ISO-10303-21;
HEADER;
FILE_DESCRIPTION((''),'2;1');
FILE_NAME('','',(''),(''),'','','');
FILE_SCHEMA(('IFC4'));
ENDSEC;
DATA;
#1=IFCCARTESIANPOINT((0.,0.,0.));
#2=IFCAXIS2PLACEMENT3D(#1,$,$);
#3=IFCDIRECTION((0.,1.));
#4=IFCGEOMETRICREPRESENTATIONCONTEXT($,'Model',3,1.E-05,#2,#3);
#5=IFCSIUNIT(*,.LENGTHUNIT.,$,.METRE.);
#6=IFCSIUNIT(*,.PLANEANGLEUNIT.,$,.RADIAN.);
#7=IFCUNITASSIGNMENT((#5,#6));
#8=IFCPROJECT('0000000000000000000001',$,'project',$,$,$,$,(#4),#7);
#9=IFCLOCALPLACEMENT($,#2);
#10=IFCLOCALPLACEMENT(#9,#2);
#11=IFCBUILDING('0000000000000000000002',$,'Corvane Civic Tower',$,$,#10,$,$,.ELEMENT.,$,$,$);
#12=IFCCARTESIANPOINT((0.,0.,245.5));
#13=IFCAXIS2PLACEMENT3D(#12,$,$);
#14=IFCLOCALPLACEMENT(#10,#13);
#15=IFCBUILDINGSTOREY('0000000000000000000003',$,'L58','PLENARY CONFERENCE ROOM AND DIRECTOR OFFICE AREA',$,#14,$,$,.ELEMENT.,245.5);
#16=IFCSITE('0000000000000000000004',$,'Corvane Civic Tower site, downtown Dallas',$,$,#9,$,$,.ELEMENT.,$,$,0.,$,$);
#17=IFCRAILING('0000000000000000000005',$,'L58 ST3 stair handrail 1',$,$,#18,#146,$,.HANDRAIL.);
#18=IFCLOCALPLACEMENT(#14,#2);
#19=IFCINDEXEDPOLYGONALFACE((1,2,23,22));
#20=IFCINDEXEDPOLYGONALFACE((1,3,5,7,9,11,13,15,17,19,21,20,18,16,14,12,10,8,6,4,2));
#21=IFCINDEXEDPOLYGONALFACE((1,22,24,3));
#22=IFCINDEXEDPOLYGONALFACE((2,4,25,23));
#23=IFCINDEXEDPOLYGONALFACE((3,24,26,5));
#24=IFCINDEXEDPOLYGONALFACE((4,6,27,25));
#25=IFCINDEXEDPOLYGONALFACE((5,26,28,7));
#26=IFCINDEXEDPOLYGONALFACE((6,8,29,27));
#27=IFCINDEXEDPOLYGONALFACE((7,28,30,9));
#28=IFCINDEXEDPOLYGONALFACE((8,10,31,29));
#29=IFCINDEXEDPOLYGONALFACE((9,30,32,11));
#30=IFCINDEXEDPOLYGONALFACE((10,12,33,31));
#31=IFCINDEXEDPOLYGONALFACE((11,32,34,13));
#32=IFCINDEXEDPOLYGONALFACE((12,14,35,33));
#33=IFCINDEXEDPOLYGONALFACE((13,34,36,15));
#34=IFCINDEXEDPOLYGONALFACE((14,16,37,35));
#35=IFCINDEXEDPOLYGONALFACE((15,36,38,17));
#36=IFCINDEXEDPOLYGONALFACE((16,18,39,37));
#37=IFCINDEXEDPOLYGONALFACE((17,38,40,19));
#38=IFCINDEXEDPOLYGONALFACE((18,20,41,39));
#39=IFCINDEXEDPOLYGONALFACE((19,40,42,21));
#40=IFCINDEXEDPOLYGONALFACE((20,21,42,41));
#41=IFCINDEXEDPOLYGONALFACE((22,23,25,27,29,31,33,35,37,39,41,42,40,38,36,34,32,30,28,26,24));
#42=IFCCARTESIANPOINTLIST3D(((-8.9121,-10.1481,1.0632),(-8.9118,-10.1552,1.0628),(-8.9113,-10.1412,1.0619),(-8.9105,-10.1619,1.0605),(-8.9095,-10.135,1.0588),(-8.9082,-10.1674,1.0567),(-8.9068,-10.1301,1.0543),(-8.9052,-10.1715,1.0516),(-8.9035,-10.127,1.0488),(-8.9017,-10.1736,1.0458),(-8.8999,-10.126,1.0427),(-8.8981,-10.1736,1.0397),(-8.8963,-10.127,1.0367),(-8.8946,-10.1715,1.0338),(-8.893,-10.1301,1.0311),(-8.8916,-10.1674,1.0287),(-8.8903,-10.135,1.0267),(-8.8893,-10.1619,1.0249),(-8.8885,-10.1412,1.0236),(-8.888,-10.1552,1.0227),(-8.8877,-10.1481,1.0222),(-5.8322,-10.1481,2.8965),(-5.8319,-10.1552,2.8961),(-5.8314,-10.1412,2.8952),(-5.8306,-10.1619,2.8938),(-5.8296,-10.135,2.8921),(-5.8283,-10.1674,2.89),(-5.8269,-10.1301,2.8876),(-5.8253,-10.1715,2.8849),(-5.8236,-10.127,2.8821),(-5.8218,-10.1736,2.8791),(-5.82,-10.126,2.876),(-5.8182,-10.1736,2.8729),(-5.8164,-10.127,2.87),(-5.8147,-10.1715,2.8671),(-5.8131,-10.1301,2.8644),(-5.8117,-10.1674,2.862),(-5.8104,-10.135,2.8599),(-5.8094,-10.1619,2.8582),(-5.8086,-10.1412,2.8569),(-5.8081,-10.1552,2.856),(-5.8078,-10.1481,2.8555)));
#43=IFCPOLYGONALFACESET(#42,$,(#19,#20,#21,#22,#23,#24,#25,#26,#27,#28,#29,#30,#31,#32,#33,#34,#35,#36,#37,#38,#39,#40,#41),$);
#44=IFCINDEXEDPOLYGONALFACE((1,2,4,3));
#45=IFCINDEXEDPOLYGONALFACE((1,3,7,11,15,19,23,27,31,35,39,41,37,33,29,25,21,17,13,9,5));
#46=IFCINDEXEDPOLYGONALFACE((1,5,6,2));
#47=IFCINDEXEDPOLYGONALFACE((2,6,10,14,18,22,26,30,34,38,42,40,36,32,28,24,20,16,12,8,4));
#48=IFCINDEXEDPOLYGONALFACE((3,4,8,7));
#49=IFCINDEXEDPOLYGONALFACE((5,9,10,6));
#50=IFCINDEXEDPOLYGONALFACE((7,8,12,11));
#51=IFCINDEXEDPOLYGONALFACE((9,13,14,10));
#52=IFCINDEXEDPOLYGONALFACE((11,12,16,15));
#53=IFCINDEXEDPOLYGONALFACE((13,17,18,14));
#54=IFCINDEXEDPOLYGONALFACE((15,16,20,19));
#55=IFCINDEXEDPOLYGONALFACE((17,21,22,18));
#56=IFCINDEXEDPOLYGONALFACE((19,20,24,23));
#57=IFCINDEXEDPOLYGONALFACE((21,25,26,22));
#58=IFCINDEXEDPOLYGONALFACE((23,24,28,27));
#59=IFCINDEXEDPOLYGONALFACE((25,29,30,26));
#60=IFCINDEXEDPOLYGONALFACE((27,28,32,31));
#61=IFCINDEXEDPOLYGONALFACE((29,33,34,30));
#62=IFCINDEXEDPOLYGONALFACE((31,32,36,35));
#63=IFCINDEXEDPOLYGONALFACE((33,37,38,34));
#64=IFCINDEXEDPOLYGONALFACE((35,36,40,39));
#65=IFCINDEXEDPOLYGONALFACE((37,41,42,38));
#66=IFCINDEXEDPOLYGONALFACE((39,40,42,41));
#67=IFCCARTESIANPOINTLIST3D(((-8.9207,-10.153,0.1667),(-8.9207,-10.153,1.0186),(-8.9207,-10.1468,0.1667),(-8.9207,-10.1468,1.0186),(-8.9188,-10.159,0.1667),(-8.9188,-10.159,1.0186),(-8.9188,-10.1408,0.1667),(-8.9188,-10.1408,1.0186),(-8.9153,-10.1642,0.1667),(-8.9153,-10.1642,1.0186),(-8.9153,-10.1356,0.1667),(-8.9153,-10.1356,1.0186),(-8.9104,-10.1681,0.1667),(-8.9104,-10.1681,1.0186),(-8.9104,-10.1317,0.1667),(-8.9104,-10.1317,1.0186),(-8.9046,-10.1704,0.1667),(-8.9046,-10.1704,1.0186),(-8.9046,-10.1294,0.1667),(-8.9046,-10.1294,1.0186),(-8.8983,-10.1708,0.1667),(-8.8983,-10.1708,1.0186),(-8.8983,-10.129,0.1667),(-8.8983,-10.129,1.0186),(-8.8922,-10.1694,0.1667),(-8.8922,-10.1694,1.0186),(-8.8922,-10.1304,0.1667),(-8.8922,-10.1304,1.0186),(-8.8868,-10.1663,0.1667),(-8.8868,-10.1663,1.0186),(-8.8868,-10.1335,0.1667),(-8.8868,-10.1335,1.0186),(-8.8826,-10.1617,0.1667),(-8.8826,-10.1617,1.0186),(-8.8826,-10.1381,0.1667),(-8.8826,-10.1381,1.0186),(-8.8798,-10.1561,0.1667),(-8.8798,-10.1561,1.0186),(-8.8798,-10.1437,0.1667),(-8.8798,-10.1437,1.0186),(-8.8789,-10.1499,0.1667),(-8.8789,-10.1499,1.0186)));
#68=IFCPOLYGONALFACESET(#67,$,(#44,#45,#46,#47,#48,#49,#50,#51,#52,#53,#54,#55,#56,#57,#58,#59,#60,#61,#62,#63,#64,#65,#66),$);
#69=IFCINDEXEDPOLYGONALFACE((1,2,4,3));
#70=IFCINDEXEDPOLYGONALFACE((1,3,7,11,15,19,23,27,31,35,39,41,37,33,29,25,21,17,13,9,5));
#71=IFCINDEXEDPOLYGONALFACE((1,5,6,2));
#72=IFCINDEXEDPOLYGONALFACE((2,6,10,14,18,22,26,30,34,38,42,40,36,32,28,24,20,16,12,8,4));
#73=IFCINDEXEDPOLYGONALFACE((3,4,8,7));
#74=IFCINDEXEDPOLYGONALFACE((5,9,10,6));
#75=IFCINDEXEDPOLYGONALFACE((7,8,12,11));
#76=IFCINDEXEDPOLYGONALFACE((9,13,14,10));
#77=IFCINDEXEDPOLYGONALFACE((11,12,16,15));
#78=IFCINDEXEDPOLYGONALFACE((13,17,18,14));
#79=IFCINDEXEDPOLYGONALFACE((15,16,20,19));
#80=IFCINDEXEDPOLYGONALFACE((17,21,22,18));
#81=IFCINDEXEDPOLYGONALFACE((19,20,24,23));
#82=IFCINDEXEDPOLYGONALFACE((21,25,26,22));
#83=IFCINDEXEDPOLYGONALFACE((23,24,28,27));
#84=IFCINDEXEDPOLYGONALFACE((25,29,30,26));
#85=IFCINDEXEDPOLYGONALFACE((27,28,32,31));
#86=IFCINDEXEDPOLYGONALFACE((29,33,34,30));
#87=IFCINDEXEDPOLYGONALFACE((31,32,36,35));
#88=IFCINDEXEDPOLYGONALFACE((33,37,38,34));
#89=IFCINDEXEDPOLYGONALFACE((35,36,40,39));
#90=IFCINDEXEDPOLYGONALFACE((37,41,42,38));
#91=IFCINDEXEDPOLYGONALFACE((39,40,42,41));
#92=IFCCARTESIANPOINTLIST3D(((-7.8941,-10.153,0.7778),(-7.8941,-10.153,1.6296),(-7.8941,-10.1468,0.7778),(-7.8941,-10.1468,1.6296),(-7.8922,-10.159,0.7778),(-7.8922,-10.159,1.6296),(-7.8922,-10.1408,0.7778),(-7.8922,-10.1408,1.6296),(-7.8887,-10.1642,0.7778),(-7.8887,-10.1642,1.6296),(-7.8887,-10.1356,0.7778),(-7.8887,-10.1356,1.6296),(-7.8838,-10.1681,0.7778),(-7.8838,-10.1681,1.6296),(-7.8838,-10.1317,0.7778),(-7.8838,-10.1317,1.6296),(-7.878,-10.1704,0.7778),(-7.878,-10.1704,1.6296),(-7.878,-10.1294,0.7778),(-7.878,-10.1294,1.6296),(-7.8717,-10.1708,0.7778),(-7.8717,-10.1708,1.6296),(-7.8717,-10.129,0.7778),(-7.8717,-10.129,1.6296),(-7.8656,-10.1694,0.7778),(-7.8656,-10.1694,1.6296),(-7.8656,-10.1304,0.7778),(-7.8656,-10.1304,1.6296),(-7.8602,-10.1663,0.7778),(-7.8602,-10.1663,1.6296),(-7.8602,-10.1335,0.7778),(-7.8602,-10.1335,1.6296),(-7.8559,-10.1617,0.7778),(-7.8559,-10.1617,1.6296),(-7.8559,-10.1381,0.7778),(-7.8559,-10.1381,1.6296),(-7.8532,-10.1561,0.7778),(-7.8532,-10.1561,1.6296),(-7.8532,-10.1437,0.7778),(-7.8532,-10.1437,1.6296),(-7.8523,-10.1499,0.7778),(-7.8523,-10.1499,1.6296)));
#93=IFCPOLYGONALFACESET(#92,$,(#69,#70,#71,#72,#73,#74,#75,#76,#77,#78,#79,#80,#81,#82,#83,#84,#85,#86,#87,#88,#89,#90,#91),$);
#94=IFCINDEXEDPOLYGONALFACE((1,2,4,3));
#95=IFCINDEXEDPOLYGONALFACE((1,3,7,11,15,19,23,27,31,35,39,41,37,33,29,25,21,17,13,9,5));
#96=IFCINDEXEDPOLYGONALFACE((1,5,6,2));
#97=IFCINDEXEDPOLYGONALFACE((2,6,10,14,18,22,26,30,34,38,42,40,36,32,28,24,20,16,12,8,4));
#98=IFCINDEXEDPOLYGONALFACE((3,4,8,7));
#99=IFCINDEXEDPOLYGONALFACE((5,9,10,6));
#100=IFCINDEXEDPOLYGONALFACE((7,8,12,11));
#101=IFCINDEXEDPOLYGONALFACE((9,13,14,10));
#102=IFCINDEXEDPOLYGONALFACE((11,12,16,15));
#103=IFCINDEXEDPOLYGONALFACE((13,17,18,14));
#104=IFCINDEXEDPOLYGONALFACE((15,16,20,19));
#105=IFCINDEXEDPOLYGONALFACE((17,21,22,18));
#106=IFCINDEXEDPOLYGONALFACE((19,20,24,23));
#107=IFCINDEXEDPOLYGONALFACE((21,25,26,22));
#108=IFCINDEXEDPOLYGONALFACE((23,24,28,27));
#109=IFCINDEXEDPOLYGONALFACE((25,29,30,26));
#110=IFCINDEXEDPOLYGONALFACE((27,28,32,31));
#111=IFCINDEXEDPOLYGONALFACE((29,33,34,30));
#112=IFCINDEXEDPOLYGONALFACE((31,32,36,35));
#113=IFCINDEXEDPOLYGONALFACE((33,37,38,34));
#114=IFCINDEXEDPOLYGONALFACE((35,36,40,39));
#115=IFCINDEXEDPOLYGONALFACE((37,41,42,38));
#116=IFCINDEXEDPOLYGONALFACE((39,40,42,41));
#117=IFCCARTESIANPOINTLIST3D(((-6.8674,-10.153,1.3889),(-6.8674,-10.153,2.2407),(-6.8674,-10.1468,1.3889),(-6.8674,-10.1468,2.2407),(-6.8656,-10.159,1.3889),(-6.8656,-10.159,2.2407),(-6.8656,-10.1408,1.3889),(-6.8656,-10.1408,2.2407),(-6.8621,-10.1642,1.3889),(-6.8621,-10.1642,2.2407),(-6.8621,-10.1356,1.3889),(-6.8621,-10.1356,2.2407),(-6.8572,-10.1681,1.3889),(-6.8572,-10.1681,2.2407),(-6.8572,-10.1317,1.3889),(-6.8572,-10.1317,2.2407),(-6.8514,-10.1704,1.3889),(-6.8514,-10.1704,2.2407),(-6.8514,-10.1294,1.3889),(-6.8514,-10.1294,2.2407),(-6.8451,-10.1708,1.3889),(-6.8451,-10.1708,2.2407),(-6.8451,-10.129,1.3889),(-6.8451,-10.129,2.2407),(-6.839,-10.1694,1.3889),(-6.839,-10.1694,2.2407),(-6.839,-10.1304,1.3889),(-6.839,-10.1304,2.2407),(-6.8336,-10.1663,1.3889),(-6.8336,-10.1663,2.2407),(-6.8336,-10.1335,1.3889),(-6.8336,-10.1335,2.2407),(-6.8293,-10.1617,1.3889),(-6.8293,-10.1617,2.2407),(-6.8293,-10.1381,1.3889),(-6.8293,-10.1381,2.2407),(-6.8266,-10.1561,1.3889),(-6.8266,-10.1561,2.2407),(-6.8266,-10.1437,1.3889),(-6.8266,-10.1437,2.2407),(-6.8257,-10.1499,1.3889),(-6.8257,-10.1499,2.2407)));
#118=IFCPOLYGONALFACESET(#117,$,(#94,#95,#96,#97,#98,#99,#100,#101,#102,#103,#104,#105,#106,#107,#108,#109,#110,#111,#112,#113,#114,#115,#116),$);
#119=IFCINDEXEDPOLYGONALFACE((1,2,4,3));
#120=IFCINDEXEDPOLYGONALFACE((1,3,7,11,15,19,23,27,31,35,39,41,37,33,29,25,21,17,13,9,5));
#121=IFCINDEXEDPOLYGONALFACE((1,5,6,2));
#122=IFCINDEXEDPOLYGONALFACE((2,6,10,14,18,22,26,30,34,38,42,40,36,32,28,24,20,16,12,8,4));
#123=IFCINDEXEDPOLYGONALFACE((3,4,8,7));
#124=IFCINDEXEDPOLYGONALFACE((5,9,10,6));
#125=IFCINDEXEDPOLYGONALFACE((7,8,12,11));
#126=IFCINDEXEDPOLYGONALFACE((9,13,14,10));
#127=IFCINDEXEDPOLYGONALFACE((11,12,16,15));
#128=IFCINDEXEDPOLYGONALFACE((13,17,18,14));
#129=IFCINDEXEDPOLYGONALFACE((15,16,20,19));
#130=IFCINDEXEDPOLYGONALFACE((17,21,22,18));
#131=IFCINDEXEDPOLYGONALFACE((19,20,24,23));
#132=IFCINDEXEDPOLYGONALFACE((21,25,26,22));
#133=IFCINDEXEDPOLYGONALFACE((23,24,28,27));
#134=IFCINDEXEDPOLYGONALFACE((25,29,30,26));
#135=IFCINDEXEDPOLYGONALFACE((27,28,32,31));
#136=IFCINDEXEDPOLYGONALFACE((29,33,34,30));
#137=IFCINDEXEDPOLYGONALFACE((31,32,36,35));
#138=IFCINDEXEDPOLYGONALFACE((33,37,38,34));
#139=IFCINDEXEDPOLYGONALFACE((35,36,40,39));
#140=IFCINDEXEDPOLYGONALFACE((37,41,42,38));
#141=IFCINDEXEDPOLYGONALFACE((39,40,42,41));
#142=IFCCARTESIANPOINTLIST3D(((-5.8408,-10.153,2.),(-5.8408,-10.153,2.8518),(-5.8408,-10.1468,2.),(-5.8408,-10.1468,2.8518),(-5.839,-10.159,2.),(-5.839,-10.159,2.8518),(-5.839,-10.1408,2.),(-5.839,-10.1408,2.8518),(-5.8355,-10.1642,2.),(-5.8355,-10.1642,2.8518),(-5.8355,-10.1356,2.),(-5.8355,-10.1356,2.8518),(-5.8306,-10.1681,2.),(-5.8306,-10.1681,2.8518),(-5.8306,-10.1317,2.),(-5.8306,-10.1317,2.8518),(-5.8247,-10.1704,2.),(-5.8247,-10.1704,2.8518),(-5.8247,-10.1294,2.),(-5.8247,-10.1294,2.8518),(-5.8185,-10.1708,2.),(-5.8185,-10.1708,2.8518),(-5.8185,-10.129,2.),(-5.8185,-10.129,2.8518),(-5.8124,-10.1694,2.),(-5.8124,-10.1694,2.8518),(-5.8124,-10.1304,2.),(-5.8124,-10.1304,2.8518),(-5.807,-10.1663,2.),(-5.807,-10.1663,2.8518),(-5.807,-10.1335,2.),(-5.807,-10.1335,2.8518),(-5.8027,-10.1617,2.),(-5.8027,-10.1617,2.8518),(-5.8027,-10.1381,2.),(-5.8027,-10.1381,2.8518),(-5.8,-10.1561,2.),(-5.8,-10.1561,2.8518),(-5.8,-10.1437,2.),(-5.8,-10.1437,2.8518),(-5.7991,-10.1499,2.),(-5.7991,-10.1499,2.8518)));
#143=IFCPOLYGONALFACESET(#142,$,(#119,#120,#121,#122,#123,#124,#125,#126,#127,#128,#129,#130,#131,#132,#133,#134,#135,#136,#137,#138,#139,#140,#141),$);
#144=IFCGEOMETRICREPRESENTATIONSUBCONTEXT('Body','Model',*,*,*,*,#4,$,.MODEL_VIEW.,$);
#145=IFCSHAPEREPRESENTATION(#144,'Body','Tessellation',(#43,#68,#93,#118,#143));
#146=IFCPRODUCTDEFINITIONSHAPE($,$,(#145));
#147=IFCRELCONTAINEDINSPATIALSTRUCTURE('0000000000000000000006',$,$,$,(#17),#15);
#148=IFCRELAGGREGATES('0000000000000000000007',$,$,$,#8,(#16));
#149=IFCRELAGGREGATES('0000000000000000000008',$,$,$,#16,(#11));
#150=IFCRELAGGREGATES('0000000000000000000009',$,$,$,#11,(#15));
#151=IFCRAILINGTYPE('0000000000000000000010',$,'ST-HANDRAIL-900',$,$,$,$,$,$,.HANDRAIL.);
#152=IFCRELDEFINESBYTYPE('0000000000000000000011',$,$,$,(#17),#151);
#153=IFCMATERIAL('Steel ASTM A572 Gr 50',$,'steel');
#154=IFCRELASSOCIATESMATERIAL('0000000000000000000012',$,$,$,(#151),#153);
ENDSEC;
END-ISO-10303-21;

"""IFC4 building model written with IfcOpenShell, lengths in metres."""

from ifc_helpers import new_model, si_unit, direction, frame, origin, origin_2d, place, context, subcontext, project, spatial, circle, extrude, material, type_object, element, save


model = new_model("IFC4")

# Units and contexts
model_context = context("Model", 3, precision=1e-05, world=origin(), true_north=direction((0.0, 1.0)))
body_context = subcontext(model_context, "Body", "Model", "MODEL_VIEW")
ifc_project = project(units=[si_unit("LENGTHUNIT", "METRE"), si_unit("PLANEANGLEUNIT", "RADIAN")], contexts=[model_context])

# Site, building, storey
site_placement = place(None, origin())
site = spatial("IfcSite", under=ifc_project, at=site_placement, Name="Corvane Civic Tower site, downtown Dallas", CompositionType="ELEMENT", RefElevation=0.0)
building_placement = place(site_placement, origin())
building = spatial("IfcBuilding", under=site, at=building_placement, Name="Corvane Civic Tower", CompositionType="ELEMENT")
storey_placement = place(building_placement, frame((0.0, 0.0, 245.5)))
storey = spatial("IfcBuildingStorey", under=building, at=storey_placement, Name="L58", Description="PLENARY CONFERENCE ROOM AND DIRECTOR OFFICE AREA", CompositionType="ELEMENT", Elevation=245.5)

# Railing
ifc_material_1 = material(Name="Steel ASTM A572 Gr 50", Category="steel")
railing_type_1 = type_object("IfcRailingType", Name="ST-HANDRAIL-900", PredefinedType="HANDRAIL", material=ifc_material_1)
railing_1_placement = place(storey_placement, frame((-8.8999, -10.1499, 0.1667)))
element("IfcRailing", 1, at=railing_1_placement, inside=storey, type_object=railing_type_1, Name="L58 ST3 stair handrail 1", PredefinedType="HANDRAIL", context=body_context, shape_type="SweptSolid", body=[
    extrude(circle(Radius=0.0239, at=origin_2d()), frame((0.0, 0.0, 0.876), z_axis=(0.859291, 0.0, 0.511487), x_axis=(0.0, 1.0, 0.0)), (0.0, 0.0, 1.0), 3.5842),
    extrude(circle(Radius=0.021, at=origin_2d()), origin(), (0.0, 0.0, 1.0), 0.8518),
    extrude(circle(Radius=0.021, at=origin_2d()), frame((1.0266, 0.0, 0.6111)), (0.0, 0.0, 1.0), 0.8518),
    extrude(circle(Radius=0.021, at=origin_2d()), frame((2.0532, 0.0, 1.2222)), (0.0, 0.0, 1.0), 0.8518),
    extrude(circle(Radius=0.021, at=origin_2d()), frame((3.0798, 0.0, 1.8333)), (0.0, 0.0, 1.0), 0.8518),
])

save(model, "model.ifc")
